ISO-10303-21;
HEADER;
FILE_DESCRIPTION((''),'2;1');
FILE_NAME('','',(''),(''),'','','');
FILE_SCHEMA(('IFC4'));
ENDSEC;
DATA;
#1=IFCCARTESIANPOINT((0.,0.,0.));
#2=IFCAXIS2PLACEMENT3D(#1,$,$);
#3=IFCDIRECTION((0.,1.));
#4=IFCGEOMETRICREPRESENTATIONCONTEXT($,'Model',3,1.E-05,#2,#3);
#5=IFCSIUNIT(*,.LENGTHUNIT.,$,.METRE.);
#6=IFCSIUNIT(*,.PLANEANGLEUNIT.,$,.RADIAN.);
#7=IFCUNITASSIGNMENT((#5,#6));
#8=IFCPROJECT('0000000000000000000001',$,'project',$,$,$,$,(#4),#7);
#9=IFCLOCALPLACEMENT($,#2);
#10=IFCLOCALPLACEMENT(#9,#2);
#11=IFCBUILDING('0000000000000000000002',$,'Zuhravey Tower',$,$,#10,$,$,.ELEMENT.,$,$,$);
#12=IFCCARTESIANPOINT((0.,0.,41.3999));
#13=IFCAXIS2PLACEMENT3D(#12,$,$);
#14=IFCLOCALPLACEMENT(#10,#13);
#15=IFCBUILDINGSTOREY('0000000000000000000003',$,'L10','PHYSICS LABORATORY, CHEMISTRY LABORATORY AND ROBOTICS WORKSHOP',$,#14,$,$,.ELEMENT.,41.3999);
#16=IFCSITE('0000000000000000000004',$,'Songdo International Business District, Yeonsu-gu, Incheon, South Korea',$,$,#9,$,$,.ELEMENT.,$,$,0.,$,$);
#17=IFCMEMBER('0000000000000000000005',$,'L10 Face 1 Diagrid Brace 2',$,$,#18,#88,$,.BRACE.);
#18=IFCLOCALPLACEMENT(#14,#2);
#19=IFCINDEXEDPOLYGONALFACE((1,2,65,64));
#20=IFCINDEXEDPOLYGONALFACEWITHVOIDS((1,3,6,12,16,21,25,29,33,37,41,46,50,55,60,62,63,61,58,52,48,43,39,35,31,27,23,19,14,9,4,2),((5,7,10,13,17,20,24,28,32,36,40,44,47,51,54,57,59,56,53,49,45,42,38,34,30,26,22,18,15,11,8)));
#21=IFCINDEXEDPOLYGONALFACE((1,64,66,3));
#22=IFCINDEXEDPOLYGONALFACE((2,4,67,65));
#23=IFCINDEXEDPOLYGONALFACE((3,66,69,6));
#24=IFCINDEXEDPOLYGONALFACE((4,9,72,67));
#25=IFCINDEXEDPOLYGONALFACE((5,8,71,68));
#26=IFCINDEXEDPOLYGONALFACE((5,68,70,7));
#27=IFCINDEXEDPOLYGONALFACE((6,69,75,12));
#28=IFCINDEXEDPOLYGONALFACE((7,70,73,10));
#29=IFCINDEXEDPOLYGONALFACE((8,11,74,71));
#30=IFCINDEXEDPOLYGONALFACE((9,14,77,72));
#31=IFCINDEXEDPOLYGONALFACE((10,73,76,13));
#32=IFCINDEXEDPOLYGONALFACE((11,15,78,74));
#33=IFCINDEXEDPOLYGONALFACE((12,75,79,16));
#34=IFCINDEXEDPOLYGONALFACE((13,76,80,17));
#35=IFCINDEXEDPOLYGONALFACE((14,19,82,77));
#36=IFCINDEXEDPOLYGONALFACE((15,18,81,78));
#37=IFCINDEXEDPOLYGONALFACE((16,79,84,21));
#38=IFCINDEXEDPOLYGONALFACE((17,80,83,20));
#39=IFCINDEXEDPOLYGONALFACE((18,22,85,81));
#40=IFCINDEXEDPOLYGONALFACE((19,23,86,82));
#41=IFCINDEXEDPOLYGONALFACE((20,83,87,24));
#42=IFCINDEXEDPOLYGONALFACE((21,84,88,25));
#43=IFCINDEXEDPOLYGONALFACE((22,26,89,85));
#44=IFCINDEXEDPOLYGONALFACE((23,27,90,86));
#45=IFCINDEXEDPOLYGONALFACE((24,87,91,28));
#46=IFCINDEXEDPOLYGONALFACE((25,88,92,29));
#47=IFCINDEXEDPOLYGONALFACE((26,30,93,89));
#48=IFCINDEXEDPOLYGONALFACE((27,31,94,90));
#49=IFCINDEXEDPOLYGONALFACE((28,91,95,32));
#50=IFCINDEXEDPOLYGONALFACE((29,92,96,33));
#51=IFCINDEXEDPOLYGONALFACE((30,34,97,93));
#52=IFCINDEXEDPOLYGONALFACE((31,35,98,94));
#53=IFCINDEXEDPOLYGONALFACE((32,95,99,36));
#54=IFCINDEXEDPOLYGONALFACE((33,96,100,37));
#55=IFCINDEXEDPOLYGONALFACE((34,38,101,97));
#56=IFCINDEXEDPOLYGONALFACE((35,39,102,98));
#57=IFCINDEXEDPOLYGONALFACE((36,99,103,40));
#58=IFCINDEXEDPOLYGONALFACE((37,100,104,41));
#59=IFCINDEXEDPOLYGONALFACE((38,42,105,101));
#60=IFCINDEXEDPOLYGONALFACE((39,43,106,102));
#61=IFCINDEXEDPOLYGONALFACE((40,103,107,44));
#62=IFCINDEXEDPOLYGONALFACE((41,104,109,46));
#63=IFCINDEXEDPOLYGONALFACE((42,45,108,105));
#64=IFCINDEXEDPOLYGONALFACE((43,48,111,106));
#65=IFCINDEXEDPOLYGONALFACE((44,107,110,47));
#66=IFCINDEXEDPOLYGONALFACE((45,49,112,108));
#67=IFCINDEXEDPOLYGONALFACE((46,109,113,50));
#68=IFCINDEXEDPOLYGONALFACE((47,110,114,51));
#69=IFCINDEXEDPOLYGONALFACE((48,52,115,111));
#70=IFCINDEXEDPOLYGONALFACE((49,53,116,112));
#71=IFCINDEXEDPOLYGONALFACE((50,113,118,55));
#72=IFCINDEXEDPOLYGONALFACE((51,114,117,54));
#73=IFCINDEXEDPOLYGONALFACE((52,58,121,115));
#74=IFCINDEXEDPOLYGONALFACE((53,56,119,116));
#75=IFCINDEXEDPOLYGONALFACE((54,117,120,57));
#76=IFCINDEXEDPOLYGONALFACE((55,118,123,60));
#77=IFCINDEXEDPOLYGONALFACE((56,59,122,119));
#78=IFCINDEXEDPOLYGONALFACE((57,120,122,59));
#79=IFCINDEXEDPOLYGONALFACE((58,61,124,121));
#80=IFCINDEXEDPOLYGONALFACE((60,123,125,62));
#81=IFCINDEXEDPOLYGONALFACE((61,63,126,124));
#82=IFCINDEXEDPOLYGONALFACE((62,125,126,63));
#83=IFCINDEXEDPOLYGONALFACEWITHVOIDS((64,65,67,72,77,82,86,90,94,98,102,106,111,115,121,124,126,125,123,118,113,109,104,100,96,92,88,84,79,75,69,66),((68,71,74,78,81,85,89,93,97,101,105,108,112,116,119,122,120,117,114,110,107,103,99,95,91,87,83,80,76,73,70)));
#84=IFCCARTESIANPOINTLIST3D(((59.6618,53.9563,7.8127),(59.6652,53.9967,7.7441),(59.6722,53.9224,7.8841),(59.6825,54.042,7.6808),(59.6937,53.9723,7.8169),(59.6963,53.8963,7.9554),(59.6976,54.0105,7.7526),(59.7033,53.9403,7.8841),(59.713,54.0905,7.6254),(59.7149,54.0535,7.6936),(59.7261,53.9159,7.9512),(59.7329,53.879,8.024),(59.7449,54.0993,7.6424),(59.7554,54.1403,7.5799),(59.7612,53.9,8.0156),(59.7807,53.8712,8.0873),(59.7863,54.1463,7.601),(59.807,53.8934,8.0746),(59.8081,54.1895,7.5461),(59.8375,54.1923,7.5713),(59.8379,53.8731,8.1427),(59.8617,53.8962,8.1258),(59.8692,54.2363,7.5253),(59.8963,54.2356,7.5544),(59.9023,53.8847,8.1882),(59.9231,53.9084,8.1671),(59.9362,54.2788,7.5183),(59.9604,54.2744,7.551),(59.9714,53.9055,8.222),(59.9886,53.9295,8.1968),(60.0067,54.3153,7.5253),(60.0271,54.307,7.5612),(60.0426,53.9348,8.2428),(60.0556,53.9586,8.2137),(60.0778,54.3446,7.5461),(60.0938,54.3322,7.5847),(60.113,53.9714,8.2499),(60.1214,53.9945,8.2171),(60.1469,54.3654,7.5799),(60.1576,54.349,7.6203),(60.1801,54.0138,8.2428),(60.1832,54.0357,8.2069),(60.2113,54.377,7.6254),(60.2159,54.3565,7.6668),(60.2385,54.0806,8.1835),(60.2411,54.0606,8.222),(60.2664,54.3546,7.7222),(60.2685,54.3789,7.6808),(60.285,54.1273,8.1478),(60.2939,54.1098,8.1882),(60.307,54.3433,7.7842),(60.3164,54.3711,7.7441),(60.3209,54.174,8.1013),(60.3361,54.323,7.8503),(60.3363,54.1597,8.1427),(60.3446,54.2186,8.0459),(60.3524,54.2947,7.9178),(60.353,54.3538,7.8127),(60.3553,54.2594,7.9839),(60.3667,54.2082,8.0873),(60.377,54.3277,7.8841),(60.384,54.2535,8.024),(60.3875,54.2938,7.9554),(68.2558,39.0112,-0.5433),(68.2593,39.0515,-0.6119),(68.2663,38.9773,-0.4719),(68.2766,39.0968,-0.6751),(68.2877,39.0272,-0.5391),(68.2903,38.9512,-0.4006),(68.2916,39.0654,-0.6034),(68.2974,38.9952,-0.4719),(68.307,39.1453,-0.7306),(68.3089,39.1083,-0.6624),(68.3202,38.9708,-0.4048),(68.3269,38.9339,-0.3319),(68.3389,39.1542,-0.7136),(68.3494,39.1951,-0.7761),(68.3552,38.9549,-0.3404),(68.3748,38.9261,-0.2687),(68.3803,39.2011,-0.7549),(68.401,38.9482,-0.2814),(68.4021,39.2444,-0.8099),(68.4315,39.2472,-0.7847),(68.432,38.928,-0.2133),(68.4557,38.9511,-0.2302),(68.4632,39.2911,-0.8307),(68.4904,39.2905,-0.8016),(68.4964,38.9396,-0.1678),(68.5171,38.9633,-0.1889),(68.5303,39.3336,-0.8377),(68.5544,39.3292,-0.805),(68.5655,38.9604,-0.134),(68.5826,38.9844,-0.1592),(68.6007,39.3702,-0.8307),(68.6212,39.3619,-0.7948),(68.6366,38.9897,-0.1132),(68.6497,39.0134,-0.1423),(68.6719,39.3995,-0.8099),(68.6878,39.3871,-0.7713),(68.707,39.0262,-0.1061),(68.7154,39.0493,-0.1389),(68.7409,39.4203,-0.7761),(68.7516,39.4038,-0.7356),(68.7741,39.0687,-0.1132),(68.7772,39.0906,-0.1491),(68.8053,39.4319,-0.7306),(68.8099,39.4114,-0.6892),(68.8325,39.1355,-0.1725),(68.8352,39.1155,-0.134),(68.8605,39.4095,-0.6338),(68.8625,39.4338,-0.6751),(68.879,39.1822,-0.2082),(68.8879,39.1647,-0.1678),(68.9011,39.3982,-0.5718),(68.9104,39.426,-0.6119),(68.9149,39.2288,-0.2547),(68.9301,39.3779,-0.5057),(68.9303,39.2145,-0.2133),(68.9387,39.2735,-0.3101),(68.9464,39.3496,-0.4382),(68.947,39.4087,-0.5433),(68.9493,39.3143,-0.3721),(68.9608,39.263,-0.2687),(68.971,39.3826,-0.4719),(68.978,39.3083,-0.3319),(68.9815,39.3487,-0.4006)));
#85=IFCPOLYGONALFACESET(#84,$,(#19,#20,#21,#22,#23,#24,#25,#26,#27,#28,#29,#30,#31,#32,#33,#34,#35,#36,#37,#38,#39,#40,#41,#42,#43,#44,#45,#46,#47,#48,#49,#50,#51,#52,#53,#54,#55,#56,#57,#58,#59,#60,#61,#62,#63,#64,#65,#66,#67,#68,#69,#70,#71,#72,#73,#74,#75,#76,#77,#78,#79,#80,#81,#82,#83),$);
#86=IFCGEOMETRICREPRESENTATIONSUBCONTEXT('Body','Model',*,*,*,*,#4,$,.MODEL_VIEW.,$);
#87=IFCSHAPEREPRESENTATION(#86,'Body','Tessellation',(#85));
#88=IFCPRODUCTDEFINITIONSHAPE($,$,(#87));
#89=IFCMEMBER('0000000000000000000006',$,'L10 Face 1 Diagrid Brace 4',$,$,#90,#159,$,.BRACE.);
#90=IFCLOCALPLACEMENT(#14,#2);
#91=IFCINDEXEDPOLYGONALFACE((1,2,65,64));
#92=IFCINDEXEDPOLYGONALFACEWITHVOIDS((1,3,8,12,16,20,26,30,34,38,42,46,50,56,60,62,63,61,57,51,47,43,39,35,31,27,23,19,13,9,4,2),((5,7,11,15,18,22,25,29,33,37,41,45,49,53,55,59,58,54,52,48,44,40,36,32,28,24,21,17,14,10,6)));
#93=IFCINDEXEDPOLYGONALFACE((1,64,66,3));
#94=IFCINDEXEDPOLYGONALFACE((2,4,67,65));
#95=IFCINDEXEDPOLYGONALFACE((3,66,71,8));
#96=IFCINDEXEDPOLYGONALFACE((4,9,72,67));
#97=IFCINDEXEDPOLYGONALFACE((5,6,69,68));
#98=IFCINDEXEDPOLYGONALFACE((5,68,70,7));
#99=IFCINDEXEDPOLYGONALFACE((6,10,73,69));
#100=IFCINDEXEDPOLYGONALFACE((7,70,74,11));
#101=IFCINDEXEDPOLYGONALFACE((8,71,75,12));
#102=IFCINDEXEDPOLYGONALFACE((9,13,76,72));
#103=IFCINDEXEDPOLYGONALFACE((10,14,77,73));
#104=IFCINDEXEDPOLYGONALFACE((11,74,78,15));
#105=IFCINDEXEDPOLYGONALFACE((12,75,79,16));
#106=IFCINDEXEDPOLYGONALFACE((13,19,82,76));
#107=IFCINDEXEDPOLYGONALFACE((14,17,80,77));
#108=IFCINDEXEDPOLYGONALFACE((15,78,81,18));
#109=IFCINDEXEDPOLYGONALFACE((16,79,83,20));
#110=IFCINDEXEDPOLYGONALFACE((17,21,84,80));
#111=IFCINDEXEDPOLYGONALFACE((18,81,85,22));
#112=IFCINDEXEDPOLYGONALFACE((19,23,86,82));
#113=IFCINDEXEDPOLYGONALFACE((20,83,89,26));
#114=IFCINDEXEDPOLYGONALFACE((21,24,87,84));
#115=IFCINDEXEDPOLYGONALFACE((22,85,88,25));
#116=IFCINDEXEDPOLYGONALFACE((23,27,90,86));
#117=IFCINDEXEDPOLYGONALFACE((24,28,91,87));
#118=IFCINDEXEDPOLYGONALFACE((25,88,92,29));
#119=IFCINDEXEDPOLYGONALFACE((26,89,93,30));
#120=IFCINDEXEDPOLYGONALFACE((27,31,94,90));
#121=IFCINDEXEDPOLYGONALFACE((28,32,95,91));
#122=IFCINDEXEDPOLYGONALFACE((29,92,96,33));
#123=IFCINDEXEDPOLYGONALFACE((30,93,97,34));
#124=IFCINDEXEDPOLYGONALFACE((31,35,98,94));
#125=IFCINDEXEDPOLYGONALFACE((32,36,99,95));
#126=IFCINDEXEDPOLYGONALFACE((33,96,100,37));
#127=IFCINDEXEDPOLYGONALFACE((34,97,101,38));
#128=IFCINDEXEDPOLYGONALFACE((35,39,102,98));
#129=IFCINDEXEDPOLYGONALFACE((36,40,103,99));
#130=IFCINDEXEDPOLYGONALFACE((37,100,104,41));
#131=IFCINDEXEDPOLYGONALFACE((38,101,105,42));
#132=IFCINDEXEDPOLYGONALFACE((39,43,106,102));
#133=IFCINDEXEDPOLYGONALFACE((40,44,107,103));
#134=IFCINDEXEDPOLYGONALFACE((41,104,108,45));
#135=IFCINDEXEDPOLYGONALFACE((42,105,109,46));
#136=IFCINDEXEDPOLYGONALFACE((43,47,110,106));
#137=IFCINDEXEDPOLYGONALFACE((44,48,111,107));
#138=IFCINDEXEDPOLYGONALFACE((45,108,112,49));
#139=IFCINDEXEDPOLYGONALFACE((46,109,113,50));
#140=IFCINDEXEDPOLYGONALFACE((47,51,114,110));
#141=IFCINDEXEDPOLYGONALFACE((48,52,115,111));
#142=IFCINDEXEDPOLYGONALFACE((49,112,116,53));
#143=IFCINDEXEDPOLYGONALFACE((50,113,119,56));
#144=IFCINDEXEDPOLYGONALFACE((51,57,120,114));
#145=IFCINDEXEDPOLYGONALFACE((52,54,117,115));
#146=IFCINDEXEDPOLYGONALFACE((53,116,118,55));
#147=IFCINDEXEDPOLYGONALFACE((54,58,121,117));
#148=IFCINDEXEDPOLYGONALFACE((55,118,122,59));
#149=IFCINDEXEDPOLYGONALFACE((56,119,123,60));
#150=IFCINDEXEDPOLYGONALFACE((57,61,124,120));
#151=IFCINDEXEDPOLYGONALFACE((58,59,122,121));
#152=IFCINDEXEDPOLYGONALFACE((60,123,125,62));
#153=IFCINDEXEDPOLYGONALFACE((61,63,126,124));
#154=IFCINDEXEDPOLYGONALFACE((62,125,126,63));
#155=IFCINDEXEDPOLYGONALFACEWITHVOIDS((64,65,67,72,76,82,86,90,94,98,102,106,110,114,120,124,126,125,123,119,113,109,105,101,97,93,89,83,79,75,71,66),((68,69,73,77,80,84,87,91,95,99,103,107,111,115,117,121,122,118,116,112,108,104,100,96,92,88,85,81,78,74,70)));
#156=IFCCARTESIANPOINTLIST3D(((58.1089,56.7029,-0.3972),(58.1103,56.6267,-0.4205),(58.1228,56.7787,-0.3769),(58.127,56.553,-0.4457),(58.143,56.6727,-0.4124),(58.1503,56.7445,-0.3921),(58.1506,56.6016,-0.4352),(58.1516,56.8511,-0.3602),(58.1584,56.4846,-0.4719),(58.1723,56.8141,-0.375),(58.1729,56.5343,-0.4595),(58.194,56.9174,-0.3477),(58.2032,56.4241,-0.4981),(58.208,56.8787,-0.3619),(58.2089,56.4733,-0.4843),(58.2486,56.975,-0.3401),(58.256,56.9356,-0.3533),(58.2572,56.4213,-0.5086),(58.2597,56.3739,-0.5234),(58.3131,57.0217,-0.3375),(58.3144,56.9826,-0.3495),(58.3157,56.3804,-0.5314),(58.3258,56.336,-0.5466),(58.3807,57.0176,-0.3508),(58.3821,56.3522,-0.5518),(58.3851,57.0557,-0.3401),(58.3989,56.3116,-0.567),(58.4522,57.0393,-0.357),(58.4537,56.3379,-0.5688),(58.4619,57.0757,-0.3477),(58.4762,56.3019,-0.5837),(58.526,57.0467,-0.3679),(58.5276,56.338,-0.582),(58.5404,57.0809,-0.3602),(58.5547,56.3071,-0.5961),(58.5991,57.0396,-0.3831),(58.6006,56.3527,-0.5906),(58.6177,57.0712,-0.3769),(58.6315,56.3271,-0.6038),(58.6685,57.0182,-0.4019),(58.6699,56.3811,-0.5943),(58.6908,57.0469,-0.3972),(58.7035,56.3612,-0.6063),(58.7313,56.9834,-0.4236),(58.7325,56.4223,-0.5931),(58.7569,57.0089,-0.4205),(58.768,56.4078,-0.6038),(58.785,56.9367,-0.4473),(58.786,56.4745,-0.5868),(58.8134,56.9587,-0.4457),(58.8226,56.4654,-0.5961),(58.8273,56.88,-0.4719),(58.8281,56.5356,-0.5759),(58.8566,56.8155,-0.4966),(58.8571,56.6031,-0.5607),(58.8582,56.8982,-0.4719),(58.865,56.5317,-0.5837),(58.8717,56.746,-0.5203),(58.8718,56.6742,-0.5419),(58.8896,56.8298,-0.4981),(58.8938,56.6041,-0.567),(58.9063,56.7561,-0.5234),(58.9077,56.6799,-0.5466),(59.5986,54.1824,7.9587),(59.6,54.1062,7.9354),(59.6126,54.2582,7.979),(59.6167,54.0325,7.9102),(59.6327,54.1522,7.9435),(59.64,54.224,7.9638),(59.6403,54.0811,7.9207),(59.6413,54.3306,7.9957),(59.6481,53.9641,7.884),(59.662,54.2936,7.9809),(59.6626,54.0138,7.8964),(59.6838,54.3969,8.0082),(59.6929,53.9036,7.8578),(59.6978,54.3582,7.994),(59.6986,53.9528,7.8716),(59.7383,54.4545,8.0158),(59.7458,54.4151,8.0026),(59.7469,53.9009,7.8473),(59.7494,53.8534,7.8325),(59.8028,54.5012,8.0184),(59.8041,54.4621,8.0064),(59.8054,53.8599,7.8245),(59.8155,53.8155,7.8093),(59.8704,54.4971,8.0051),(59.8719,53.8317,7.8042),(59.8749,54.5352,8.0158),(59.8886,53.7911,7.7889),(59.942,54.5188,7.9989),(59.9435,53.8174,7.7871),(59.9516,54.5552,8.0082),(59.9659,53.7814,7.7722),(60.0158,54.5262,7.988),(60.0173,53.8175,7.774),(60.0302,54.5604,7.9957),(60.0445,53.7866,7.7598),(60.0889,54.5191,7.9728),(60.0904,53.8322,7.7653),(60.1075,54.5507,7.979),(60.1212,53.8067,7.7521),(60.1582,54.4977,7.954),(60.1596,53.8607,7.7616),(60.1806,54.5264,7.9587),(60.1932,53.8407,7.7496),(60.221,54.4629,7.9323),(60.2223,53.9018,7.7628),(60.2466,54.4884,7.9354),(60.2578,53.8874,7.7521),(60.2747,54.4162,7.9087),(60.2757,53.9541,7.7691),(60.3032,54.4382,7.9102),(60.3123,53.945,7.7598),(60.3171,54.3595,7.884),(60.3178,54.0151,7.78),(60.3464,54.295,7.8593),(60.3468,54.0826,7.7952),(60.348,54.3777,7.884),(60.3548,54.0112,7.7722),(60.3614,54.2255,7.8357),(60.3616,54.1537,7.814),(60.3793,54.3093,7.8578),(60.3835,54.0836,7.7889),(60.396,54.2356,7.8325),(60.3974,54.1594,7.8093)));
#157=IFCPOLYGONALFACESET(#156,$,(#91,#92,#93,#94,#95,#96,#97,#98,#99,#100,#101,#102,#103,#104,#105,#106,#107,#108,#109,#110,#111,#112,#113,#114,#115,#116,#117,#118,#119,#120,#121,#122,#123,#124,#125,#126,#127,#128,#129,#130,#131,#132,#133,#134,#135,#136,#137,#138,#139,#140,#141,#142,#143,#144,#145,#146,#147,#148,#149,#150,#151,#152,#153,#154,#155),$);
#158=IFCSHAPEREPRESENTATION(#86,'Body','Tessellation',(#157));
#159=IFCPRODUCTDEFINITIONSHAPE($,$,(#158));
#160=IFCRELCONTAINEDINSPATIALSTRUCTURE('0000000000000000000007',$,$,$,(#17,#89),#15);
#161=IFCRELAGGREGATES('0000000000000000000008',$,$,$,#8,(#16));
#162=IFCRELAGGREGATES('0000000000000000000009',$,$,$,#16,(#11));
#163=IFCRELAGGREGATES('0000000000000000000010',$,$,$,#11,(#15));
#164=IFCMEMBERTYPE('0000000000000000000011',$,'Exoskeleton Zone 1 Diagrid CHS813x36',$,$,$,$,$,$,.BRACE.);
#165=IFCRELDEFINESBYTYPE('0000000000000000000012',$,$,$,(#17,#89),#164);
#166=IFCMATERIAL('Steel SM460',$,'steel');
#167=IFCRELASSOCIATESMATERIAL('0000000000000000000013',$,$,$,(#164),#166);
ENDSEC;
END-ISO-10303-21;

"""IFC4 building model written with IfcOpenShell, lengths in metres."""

from ifc_helpers import new_model, si_unit, direction, frame, origin, origin_2d, place, context, subcontext, project, spatial, hollow_circle, extrude, material, material_profile, profile_set, type_object, element, save


model = new_model("IFC4")

# Units and contexts
model_context = context("Model", 3, precision=1e-05, world=origin(), true_north=direction((0.0, 1.0)))
body_context = subcontext(model_context, "Body", "Model", "MODEL_VIEW")
ifc_project = project(units=[si_unit("LENGTHUNIT", "METRE"), si_unit("PLANEANGLEUNIT", "RADIAN")], contexts=[model_context])

# Site, building, storey
site_placement = place(None, origin())
site = spatial("IfcSite", under=ifc_project, at=site_placement, Name="Songdo International Business District, Yeonsu-gu, Incheon, South Korea", CompositionType="ELEMENT", RefElevation=0.0)
building_placement = place(site_placement, origin())
building = spatial("IfcBuilding", under=site, at=building_placement, Name="Zuhravey Tower", CompositionType="ELEMENT")
storey_placement = place(building_placement, frame((0.0, 0.0, 41.3999)))
storey = spatial("IfcBuildingStorey", under=building, at=storey_placement, Name="L10", Description="PHYSICS LABORATORY, CHEMISTRY LABORATORY AND ROBOTICS WORKSHOP", CompositionType="ELEMENT", Elevation=41.3999)

# Members
ifc_material_1 = material(Name="Steel SM460", Category="steel")
ifc_material_profile_1 = material_profile(ifc_material_1, hollow_circle(Radius=0.4065, WallThickness=0.0359, at=origin_2d()), Name="CHS-812.8x36")
ifc_profile_set_1 = profile_set([ifc_material_profile_1], Name="Steel SM460")
member_type_1 = type_object("IfcMemberType", Name="Exoskeleton Zone 1 Diagrid CHS813x36", PredefinedType="BRACE", material=ifc_profile_set_1)
member_1_placement = place(storey_placement, frame((68.6187, 39.1799, -0.4719), z_axis=(-0.448582, 0.78009, 0.436157), x_axis=(-0.866892, -0.498496, 0.0)))
element("IfcMember", 1, at=member_1_placement, inside=storey, type_object=member_type_1, Name="L10 Face 1 Diagrid Brace 2", PredefinedType="BRACE", context=body_context, shape_type="SweptSolid", body=[
    extrude(hollow_circle(Radius=0.4065, WallThickness=0.0359, at=origin_2d()), origin(), (0.0, 0.0, 1.0), 19.1582),
])
member_2_placement = place(storey_placement, frame((58.5083, 56.6914, -0.4719), z_axis=(0.168256, -0.284673, 0.943743), x_axis=(0.860873, 0.508819, 0.0)))
element("IfcMember", 2, at=member_2_placement, inside=storey, type_object=member_type_1, Name="L10 Face 1 Diagrid Brace 4", PredefinedType="BRACE", context=body_context, shape_type="SweptSolid", body=[
    extrude(hollow_circle(Radius=0.4065, WallThickness=0.0359, at=origin_2d()), origin(), (0.0, 0.0, 1.0), 8.854),
])

save(model, "model.ifc")
